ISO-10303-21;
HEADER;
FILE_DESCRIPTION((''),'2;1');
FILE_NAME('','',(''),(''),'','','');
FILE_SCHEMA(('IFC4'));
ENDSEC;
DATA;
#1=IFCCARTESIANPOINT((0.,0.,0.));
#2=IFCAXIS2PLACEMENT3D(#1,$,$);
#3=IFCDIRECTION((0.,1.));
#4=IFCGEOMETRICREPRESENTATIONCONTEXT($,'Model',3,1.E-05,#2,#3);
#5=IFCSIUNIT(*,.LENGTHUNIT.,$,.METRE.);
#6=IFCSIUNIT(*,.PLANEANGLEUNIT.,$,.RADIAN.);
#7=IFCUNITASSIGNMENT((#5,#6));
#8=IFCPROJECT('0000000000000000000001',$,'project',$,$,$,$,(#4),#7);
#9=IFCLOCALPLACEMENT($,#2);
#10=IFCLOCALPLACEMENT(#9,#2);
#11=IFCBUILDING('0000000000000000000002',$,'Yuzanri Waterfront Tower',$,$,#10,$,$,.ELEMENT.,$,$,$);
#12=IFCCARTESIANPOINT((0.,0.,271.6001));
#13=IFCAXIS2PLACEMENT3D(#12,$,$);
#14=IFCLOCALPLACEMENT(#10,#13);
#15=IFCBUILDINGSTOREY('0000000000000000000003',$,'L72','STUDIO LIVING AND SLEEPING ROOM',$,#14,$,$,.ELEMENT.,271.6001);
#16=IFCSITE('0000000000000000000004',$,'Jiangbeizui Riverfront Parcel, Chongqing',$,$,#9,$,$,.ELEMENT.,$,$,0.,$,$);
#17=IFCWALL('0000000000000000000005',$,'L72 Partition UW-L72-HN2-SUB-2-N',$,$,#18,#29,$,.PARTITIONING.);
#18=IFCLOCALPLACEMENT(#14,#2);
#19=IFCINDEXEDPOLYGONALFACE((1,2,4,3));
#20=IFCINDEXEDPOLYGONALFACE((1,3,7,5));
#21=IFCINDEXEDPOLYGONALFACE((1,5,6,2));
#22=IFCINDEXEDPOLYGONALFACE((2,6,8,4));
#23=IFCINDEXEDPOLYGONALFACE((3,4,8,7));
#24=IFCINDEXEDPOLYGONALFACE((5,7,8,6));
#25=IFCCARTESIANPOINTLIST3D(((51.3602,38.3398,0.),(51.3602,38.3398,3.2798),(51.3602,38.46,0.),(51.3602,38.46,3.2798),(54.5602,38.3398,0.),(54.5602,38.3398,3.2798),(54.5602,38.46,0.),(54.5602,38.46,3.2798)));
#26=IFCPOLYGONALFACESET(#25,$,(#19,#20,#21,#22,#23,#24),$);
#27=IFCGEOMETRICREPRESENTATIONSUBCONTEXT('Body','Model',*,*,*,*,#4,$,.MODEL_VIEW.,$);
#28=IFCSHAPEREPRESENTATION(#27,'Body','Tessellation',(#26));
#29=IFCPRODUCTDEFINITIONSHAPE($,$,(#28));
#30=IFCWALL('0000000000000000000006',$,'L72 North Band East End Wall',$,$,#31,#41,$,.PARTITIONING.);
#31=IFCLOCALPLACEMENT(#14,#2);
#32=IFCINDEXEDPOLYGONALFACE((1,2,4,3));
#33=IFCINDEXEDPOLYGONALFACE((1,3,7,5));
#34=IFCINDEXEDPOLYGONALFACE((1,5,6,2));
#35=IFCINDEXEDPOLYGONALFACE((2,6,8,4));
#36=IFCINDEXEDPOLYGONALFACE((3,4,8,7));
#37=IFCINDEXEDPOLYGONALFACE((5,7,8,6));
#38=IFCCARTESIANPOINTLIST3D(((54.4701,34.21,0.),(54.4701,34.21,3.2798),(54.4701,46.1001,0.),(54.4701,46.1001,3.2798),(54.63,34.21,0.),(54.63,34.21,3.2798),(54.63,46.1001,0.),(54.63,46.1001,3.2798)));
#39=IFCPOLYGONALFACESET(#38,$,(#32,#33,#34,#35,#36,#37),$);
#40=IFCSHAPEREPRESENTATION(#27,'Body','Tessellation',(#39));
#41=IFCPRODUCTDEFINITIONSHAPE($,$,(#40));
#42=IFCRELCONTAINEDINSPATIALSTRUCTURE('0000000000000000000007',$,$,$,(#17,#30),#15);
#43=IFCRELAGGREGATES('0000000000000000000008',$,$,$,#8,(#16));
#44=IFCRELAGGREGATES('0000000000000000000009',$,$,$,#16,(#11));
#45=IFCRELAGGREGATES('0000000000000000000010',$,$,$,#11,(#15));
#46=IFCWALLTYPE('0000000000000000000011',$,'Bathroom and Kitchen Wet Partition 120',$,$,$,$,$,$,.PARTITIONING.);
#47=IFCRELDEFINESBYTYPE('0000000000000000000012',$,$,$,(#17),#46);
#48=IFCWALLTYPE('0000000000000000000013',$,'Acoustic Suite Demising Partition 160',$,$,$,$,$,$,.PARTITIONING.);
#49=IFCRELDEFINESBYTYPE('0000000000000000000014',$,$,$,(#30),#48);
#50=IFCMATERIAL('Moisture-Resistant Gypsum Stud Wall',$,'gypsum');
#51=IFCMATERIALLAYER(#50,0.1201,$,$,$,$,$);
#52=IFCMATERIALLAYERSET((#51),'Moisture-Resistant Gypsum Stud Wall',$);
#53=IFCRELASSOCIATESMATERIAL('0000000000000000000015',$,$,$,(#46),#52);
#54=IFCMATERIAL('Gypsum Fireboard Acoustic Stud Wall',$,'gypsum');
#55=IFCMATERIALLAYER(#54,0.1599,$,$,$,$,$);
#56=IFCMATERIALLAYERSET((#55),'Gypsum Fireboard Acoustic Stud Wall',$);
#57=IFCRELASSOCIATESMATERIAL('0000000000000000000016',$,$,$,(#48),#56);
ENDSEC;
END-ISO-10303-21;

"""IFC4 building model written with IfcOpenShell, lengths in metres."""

from ifc_helpers import new_model, si_unit, direction, frame, frame_2d, origin, place, context, subcontext, project, spatial, rectangle, extrude, source, transform, mapped, material, layer, layer_set, type_object, element, save


model = new_model("IFC4")

# Units and contexts
model_context = context("Model", 3, precision=1e-05, world=origin(), true_north=direction((0.0, 1.0)))
body_context = subcontext(model_context, "Body", "Model", "MODEL_VIEW")
ifc_project = project(units=[si_unit("LENGTHUNIT", "METRE"), si_unit("PLANEANGLEUNIT", "RADIAN")], contexts=[model_context])

# Site, building, storey
site_placement = place(None, origin())
site = spatial("IfcSite", under=ifc_project, at=site_placement, Name="Jiangbeizui Riverfront Parcel, Chongqing", CompositionType="ELEMENT", RefElevation=0.0)
building_placement = place(site_placement, origin())
building = spatial("IfcBuilding", under=site, at=building_placement, Name="Yuzanri Waterfront Tower", CompositionType="ELEMENT")
storey_placement = place(building_placement, frame((0.0, 0.0, 271.6001)))
storey = spatial("IfcBuildingStorey", under=building, at=storey_placement, Name="L72", Description="STUDIO LIVING AND SLEEPING ROOM", CompositionType="ELEMENT", Elevation=271.6001)

# Walls
ifc_material_1 = material(Name="Moisture-Resistant Gypsum Stud Wall", Category="gypsum")
ifc_layer_1 = layer(ifc_material_1, 0.1201)
ifc_layer_set_1 = layer_set([ifc_layer_1], Name="Moisture-Resistant Gypsum Stud Wall")
wall_type_1 = type_object("IfcWallType", Name="Bathroom and Kitchen Wet Partition 120", PredefinedType="PARTITIONING", material=ifc_layer_set_1)
shared_shape_1 = source(origin(), body_context, "Body", "SweptSolid", [
    extrude(rectangle(XDim=3.2, YDim=0.1201, at=frame_2d((1.6001, 0.0))), origin(), (0.0, 0.0, 1.0), 3.2798),
])
wall_1_placement = place(storey_placement, frame((51.3601, 38.3999, 0.0), z_axis=(0.0, 0.0, 1.0), x_axis=(1.0, 0.0, 0.0)))
element("IfcWall", 1, at=wall_1_placement, inside=storey, type_object=wall_type_1, Name="L72 Partition UW-L72-HN2-SUB-2-N", PredefinedType="PARTITIONING", context=body_context, shape_type="MappedRepresentation", body=[
    mapped(shared_shape_1, transform((0.0, 0.0, 0.0), scale=1.0)),
])
ifc_material_2 = material(Name="Gypsum Fireboard Acoustic Stud Wall", Category="gypsum")
ifc_layer_2 = layer(ifc_material_2, 0.1599)
ifc_layer_set_2 = layer_set([ifc_layer_2], Name="Gypsum Fireboard Acoustic Stud Wall")
wall_type_2 = type_object("IfcWallType", Name="Acoustic Suite Demising Partition 160", PredefinedType="PARTITIONING", material=ifc_layer_set_2)
shared_shape_2 = source(origin(), body_context, "Body", "SweptSolid", [
    extrude(rectangle(XDim=11.8901, YDim=0.1599, at=frame_2d((5.9451, 0.0))), origin(), (0.0, 0.0, 1.0), 3.2798),
])
wall_2_placement = place(storey_placement, frame((54.55, 34.21, 0.0), z_axis=(0.0, 0.0, 1.0), x_axis=(0.0, 1.0, 0.0)))
element("IfcWall", 2, at=wall_2_placement, inside=storey, type_object=wall_type_2, Name="L72 North Band East End Wall", PredefinedType="PARTITIONING", context=body_context, shape_type="MappedRepresentation", body=[
    mapped(shared_shape_2, transform((0.0, 0.0, 0.0), scale=1.0)),
])

save(model, "model.ifc")
